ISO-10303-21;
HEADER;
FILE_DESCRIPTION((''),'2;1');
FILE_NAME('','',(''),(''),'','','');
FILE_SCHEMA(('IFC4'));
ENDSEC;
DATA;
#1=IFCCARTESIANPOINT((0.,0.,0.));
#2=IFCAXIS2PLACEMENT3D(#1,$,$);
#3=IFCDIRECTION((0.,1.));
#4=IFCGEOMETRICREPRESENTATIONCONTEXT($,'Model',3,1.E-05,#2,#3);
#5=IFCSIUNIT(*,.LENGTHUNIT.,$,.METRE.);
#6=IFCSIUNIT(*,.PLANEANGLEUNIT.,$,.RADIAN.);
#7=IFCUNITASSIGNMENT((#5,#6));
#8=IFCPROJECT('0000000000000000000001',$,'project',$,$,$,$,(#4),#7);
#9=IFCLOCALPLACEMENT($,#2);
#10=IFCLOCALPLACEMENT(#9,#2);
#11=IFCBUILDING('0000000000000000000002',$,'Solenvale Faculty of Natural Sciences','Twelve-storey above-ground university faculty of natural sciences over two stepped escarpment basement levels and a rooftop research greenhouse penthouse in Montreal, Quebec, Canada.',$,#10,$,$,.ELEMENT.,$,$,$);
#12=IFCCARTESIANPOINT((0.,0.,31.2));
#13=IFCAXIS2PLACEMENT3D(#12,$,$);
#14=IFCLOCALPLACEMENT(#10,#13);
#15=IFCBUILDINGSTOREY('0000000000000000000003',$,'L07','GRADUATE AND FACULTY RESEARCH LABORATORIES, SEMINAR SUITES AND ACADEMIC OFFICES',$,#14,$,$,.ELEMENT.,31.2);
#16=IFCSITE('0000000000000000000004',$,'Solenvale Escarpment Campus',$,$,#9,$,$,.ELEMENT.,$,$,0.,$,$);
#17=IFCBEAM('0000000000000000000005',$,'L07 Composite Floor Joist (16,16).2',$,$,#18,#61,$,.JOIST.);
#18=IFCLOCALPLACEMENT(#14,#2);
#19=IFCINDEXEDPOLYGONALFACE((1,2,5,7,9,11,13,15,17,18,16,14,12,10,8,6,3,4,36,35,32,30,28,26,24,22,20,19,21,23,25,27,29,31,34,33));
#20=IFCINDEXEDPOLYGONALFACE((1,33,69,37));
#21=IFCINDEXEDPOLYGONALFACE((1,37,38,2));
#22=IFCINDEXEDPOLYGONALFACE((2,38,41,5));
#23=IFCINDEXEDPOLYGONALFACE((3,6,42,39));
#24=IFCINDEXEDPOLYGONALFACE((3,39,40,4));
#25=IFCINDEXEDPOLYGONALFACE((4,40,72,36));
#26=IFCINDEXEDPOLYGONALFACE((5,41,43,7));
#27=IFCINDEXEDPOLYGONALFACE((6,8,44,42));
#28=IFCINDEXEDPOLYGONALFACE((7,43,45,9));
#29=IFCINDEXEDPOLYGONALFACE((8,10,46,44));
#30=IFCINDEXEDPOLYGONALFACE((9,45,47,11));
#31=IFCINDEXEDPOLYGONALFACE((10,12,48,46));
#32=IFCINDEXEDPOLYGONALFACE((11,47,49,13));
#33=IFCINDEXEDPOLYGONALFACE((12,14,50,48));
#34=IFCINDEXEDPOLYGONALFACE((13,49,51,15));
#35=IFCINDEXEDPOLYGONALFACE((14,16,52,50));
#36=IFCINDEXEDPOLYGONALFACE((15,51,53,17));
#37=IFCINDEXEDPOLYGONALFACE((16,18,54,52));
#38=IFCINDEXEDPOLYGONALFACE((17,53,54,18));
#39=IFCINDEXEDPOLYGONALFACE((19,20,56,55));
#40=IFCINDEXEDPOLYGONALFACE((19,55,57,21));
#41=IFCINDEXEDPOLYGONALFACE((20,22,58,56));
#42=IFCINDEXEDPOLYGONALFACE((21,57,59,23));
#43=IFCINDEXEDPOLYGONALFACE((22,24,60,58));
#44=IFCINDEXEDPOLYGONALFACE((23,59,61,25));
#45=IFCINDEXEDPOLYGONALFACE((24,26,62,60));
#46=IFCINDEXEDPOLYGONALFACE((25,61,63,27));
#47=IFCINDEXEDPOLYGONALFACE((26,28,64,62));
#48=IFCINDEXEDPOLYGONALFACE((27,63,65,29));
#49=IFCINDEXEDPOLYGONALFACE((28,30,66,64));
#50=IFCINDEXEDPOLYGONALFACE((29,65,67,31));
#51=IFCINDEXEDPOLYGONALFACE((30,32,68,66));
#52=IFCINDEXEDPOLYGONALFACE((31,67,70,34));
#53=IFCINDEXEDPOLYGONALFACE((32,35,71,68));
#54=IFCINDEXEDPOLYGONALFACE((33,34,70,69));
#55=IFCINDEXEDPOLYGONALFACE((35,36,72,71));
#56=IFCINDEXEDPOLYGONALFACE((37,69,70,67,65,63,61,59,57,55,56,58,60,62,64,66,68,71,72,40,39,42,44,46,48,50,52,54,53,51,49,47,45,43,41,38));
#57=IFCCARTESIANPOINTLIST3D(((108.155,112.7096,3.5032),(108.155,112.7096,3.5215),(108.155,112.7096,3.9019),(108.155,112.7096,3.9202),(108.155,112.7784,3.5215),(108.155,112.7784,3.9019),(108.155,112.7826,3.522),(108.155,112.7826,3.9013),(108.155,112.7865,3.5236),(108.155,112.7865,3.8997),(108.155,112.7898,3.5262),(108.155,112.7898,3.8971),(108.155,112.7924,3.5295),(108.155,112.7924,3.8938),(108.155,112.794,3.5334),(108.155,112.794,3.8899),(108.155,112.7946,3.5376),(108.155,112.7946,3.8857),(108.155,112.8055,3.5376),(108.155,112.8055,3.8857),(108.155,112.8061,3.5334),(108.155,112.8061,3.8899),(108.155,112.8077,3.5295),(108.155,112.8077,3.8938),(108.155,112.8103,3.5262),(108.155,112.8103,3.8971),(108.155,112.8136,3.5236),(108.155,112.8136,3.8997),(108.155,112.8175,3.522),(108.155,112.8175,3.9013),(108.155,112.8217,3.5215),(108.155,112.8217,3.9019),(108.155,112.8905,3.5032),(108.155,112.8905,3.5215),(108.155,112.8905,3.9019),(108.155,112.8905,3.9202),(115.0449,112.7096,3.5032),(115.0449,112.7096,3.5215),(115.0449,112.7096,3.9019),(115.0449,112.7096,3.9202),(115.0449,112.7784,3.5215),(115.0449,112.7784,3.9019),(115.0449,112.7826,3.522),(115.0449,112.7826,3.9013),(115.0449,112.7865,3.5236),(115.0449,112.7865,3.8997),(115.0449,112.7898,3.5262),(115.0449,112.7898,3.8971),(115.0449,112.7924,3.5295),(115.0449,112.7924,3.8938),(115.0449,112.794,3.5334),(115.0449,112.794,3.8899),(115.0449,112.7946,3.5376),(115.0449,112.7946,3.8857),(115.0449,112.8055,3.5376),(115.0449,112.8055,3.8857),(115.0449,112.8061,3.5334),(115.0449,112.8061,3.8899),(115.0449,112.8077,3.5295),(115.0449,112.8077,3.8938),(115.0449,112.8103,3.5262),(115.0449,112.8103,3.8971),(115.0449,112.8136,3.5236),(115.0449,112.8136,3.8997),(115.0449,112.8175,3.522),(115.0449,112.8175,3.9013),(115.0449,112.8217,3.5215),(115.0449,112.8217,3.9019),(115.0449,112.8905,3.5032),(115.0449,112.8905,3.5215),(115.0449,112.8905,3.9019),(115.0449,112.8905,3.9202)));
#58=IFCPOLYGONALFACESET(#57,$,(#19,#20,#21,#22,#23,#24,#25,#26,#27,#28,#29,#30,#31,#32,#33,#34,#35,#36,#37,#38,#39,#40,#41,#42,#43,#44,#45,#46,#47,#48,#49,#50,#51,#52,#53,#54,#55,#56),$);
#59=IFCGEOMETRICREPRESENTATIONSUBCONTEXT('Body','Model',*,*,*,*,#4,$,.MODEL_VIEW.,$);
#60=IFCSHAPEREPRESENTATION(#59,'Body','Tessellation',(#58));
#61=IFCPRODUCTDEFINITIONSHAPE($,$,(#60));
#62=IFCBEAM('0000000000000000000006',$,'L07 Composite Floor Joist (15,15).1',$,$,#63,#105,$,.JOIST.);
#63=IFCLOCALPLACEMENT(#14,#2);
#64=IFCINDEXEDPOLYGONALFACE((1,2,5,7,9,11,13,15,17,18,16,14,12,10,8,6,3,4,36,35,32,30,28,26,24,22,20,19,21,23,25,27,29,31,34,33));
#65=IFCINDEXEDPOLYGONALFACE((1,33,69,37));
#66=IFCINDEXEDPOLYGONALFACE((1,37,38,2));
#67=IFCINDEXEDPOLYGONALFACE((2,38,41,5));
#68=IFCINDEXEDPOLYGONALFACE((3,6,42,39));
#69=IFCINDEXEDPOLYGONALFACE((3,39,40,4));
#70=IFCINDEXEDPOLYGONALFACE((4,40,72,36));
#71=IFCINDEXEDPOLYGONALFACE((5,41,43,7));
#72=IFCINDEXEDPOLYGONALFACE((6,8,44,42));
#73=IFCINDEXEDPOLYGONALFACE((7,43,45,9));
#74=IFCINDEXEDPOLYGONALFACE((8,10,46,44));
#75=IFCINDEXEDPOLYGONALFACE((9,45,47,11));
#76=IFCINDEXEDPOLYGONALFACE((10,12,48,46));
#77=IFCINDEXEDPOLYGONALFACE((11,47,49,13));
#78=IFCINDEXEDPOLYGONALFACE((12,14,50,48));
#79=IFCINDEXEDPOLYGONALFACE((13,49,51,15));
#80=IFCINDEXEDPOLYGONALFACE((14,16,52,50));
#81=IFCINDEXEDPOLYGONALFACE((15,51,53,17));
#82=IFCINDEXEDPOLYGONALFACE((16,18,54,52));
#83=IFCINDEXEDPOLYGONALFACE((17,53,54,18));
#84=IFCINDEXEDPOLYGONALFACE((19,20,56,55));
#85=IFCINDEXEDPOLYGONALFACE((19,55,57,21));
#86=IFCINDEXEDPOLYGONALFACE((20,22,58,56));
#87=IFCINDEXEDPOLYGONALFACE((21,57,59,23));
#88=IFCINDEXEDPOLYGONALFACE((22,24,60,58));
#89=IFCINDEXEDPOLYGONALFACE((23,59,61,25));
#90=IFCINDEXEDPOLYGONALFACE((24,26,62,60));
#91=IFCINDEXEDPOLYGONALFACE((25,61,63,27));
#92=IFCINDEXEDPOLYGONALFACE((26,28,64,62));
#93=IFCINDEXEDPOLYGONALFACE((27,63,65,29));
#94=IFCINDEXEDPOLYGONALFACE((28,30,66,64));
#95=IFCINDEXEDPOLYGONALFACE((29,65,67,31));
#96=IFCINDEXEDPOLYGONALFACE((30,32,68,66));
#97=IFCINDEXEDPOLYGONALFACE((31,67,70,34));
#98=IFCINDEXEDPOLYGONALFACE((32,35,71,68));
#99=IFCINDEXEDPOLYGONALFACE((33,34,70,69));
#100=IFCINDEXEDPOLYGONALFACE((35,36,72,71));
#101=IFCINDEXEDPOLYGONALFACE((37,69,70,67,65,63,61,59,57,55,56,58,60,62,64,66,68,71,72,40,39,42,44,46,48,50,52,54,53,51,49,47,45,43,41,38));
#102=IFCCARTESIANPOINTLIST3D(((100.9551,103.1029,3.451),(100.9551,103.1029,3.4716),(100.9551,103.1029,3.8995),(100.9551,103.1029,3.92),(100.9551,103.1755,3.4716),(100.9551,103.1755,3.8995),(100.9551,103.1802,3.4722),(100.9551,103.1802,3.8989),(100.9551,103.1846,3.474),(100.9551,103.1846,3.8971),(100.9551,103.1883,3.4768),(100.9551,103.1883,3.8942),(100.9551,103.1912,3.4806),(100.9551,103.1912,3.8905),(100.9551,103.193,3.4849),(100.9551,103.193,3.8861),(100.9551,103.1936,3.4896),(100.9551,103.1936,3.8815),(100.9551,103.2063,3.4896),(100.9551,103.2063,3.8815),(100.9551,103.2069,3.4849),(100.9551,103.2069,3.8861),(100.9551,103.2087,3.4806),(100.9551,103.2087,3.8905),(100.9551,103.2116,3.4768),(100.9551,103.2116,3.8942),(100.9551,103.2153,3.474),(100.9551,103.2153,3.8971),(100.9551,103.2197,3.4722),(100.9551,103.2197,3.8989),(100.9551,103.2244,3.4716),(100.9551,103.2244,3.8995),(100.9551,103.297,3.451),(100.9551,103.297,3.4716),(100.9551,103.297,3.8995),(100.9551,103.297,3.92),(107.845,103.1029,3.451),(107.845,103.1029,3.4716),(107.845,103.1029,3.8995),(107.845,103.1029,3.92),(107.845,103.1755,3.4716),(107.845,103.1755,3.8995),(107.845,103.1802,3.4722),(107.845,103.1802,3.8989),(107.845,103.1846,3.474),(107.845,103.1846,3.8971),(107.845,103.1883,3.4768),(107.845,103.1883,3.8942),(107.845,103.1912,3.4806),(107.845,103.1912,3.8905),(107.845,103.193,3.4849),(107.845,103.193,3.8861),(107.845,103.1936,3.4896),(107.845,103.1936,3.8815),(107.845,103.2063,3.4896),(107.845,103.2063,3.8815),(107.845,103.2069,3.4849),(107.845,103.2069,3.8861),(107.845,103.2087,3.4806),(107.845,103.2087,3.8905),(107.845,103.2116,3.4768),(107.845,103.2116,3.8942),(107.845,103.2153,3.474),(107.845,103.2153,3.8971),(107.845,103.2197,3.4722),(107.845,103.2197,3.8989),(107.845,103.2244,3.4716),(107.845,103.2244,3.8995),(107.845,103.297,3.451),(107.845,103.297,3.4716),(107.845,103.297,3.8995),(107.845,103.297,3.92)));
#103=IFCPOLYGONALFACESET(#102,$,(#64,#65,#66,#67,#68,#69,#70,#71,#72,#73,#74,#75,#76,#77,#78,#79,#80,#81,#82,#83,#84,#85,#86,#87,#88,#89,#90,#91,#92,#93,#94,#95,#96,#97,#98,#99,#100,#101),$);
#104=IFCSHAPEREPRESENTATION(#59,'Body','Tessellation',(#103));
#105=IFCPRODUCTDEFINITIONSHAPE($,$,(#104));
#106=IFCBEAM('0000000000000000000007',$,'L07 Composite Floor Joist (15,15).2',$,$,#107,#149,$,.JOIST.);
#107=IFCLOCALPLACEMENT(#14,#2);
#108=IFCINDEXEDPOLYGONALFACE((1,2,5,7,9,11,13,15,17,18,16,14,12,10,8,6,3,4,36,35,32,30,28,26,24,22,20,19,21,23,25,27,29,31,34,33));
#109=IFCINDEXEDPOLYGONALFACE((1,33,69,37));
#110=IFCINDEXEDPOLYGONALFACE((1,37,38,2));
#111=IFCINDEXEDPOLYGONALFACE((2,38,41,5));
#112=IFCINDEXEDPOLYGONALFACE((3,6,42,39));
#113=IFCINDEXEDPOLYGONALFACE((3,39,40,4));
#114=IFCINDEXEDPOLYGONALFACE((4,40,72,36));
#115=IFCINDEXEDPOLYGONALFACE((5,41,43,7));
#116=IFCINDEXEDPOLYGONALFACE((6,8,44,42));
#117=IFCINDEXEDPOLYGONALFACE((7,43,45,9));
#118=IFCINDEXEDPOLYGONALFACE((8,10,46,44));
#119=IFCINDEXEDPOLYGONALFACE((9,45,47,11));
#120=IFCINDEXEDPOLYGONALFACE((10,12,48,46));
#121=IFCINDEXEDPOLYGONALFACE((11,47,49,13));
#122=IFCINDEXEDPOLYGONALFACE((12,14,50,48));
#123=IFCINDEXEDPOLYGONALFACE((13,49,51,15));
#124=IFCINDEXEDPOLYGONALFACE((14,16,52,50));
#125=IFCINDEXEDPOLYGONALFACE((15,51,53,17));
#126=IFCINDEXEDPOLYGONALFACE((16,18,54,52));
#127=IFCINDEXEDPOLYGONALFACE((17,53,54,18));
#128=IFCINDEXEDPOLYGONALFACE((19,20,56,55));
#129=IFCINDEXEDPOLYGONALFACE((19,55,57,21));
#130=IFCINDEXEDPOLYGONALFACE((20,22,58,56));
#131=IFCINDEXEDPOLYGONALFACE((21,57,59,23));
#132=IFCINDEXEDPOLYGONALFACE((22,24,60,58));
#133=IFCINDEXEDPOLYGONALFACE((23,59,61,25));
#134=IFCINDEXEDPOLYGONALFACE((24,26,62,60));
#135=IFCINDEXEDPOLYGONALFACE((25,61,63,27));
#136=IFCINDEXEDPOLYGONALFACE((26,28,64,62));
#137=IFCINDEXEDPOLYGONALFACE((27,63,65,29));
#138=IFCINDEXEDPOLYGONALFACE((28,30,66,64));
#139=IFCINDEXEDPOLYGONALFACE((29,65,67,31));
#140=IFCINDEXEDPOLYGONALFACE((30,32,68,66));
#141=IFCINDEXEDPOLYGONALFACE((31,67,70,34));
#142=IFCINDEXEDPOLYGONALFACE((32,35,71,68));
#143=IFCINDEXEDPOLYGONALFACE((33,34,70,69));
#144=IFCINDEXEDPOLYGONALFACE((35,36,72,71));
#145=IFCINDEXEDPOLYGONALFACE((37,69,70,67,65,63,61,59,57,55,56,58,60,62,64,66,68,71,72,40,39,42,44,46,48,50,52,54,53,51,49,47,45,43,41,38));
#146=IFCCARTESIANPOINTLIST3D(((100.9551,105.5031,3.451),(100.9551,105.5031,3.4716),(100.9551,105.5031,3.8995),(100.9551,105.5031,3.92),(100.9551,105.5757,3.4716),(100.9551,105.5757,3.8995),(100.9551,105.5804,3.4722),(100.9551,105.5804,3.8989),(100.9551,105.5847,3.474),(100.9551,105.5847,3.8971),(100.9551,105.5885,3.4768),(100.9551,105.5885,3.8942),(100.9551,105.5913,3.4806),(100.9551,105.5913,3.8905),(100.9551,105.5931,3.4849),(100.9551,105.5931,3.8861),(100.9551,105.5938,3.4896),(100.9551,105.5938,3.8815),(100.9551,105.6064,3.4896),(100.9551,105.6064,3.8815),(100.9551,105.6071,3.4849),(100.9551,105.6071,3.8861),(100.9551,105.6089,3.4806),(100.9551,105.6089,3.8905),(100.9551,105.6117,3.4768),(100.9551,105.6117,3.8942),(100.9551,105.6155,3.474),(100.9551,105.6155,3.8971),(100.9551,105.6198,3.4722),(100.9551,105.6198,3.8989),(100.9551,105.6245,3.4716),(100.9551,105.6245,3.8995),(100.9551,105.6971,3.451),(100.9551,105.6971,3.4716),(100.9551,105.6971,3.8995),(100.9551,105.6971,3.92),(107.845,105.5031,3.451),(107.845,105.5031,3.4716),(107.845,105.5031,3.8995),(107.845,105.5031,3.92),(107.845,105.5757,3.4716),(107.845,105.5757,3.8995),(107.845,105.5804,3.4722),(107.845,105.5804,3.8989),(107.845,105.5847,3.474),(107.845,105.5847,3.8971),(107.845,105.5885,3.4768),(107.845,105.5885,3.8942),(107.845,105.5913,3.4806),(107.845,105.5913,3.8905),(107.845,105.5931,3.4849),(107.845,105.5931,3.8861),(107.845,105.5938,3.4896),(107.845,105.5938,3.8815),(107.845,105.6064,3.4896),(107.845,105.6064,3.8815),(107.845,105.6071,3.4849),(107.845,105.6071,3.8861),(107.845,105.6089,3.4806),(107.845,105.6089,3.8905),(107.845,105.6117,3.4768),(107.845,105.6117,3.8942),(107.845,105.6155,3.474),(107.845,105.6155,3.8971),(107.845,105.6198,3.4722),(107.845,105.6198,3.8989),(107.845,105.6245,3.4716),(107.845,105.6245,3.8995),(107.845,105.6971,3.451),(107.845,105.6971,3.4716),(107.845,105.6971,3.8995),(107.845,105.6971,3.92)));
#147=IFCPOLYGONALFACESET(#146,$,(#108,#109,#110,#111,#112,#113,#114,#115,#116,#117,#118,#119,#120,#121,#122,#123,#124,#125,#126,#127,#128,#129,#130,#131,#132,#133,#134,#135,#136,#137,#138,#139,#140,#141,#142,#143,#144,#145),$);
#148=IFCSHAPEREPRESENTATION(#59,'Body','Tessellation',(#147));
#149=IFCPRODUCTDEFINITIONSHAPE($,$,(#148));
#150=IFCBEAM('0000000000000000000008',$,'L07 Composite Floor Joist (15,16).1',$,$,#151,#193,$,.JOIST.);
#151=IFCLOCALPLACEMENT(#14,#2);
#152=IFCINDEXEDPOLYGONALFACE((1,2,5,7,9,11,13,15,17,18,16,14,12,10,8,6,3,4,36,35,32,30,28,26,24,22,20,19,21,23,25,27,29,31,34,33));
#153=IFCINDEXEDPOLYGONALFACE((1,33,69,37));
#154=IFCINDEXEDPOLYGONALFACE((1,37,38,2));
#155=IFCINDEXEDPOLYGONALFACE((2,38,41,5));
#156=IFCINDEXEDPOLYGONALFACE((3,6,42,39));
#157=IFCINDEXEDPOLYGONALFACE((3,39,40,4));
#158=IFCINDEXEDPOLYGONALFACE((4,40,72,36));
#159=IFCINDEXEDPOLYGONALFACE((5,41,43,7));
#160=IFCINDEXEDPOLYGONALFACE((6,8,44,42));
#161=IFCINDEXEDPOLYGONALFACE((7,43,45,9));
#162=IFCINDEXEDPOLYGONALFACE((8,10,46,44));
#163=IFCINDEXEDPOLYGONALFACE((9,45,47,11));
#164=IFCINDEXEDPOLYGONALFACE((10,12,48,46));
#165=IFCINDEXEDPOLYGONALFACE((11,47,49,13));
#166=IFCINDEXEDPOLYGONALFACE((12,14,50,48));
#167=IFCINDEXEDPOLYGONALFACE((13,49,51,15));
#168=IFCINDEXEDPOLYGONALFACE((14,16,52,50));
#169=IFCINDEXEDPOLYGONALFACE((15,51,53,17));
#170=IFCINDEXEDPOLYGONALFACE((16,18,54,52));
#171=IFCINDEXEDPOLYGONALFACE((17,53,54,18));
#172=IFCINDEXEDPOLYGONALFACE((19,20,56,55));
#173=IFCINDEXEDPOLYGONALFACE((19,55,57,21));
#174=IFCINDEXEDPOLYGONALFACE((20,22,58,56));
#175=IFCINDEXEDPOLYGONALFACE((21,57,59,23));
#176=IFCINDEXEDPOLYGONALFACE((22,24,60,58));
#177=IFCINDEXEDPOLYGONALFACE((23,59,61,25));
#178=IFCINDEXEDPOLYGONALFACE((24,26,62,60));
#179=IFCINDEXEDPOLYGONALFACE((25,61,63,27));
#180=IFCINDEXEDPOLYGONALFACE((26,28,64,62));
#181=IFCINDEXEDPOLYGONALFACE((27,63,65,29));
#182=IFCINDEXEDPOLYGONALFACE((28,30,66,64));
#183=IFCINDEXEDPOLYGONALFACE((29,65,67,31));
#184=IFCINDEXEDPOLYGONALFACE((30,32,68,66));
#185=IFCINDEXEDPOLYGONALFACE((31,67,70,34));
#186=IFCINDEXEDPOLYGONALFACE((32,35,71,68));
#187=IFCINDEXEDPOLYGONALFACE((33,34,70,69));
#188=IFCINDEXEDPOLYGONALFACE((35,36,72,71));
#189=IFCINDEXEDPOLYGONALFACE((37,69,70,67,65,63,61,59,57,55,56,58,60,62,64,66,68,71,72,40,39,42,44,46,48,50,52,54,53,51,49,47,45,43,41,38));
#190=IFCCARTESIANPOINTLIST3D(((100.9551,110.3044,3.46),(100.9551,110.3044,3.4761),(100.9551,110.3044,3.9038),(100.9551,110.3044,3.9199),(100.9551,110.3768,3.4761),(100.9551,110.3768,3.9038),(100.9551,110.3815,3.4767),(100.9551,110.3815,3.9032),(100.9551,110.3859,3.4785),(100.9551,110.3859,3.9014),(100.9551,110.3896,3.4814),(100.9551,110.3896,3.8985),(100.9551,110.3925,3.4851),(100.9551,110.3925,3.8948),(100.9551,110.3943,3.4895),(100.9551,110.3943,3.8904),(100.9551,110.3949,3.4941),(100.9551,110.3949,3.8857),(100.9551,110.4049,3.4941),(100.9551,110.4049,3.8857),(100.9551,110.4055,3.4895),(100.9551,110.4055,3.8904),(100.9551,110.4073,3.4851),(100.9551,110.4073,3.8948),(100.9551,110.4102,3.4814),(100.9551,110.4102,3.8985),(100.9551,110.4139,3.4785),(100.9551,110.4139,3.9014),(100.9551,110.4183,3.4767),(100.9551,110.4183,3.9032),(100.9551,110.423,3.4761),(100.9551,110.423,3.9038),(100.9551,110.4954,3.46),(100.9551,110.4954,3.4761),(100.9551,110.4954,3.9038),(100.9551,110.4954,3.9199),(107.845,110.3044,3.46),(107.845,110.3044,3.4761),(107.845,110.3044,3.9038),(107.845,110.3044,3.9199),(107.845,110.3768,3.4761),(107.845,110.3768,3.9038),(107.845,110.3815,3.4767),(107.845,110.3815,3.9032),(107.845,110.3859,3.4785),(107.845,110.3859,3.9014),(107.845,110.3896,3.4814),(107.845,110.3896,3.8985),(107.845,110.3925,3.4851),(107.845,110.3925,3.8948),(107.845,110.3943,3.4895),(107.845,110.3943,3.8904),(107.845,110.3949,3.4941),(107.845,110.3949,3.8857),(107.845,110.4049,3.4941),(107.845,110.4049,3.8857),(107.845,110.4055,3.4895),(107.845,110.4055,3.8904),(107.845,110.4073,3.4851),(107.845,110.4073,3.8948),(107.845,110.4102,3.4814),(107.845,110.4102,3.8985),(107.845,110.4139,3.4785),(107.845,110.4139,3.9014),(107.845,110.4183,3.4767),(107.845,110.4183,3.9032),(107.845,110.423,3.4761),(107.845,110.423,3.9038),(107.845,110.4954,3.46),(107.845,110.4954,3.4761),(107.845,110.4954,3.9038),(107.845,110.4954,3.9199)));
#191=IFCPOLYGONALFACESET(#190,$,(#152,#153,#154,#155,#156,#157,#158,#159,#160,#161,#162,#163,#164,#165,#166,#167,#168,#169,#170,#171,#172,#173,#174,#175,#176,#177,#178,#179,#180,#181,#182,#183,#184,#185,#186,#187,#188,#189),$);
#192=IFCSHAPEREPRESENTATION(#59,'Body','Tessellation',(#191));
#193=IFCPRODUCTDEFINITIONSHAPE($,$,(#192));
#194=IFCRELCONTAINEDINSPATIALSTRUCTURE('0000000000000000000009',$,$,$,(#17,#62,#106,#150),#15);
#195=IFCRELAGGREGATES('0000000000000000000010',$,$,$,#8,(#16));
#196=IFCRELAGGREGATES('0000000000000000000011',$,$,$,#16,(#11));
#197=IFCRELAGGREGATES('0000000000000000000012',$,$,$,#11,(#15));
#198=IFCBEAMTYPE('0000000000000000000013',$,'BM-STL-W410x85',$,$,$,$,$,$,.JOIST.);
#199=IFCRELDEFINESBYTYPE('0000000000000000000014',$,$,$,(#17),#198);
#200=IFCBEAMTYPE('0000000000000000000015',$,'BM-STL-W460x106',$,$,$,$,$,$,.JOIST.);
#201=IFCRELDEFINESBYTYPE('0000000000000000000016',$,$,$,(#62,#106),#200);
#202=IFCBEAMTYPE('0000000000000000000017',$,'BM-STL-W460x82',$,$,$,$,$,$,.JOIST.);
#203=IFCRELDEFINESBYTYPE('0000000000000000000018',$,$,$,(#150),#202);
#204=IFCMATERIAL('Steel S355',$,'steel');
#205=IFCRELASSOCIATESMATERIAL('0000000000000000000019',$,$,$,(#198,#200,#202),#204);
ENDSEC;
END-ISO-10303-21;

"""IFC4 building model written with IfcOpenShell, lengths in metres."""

from ifc_helpers import new_model, si_unit, direction, frame, origin, origin_2d, place, context, subcontext, project, spatial, i_section, extrude, material, material_profile, profile_set, type_object, element, save


model = new_model("IFC4")

# Units and contexts
model_context = context("Model", 3, precision=1e-05, world=origin(), true_north=direction((0.0, 1.0)))
body_context = subcontext(model_context, "Body", "Model", "MODEL_VIEW")
ifc_project = project(units=[si_unit("LENGTHUNIT", "METRE"), si_unit("PLANEANGLEUNIT", "RADIAN")], contexts=[model_context])

# Site, building, storey
site_placement = place(None, origin())
site = spatial("IfcSite", under=ifc_project, at=site_placement, Name="Solenvale Escarpment Campus", CompositionType="ELEMENT", RefElevation=0.0)
building_placement = place(site_placement, origin())
building = spatial("IfcBuilding", under=site, at=building_placement, Name="Solenvale Faculty of Natural Sciences", Description="Twelve-storey above-ground university faculty of natural sciences over two stepped escarpment basement levels and a rooftop research greenhouse penthouse in Montreal, Quebec, Canada.", CompositionType="ELEMENT")
storey_placement = place(building_placement, frame((0.0, 0.0, 31.2)))
storey = spatial("IfcBuildingStorey", under=building, at=storey_placement, Name="L07", Description="GRADUATE AND FACULTY RESEARCH LABORATORIES, SEMINAR SUITES AND ACADEMIC OFFICES", CompositionType="ELEMENT", Elevation=31.2)

# Beams
ifc_material_1 = material(Name="Steel S355", Category="steel")
ifc_material_profile_1 = material_profile(ifc_material_1, i_section(OverallWidth=0.1809, OverallDepth=0.417, WebThickness=0.011, FlangeThickness=0.0183, FilletRadius=0.0161, at=origin_2d()), Name="W410x85")
ifc_profile_set_1 = profile_set([ifc_material_profile_1], Name="Steel S355")
beam_type_1 = type_object("IfcBeamType", Name="BM-STL-W410x85", PredefinedType="JOIST", material=ifc_profile_set_1)
for number, where, z_axis, x_axis, name in (
    (1, (108.155, 112.8, 3.7117), (1.0, 0.0, 0.0), (0.0, 1.0, 0.0), "L07 Composite Floor Joist (16,16).2"),
):
    element("IfcBeam", number, at=place(storey_placement, frame(where, z_axis=z_axis, x_axis=x_axis)), inside=storey, type_object=beam_type_1, Name=name, PredefinedType="JOIST", context=body_context, shape_type="SweptSolid", body=[
        extrude(i_section(OverallWidth=0.1809, OverallDepth=0.417, WebThickness=0.011, FlangeThickness=0.0183, FilletRadius=0.0161, at=origin_2d()), origin(), (0.0, 0.0, 1.0), 6.8899),
    ])
ifc_material_profile_2 = material_profile(ifc_material_1, i_section(OverallWidth=0.1941, OverallDepth=0.469, WebThickness=0.0127, FlangeThickness=0.0205, FilletRadius=0.0181, at=origin_2d()), Name="W460x106")
ifc_profile_set_2 = profile_set([ifc_material_profile_2], Name="Steel S355")
beam_type_2 = type_object("IfcBeamType", Name="BM-STL-W460x106", PredefinedType="JOIST", material=ifc_profile_set_2)
for number, where, z_axis, x_axis, name in (
    (2, (100.9551, 103.2, 3.6855), (1.0, 0.0, 0.0), (0.0, 1.0, 0.0), "L07 Composite Floor Joist (15,15).1"),
    (3, (100.9551, 105.6001, 3.6855), (1.0, 0.0, 0.0), (0.0, 1.0, 0.0), "L07 Composite Floor Joist (15,15).2"),
):
    element("IfcBeam", number, at=place(storey_placement, frame(where, z_axis=z_axis, x_axis=x_axis)), inside=storey, type_object=beam_type_2, Name=name, PredefinedType="JOIST", context=body_context, shape_type="SweptSolid", body=[
        extrude(i_section(OverallWidth=0.1941, OverallDepth=0.469, WebThickness=0.0127, FlangeThickness=0.0205, FilletRadius=0.0181, at=origin_2d()), origin(), (0.0, 0.0, 1.0), 6.8899),
    ])
ifc_material_profile_3 = material_profile(ifc_material_1, i_section(OverallWidth=0.1909, OverallDepth=0.46, WebThickness=0.01, FlangeThickness=0.0161, FilletRadius=0.0181, at=origin_2d()), Name="W460x82")
ifc_profile_set_3 = profile_set([ifc_material_profile_3], Name="Steel S355")
beam_type_3 = type_object("IfcBeamType", Name="BM-STL-W460x82", PredefinedType="JOIST", material=ifc_profile_set_3)
for number, where, z_axis, x_axis, name in (
    (4, (100.9551, 110.3999, 3.6899), (1.0, 0.0, 0.0), (0.0, 1.0, 0.0), "L07 Composite Floor Joist (15,16).1"),
):
    element("IfcBeam", number, at=place(storey_placement, frame(where, z_axis=z_axis, x_axis=x_axis)), inside=storey, type_object=beam_type_3, Name=name, PredefinedType="JOIST", context=body_context, shape_type="SweptSolid", body=[
        extrude(i_section(OverallWidth=0.1909, OverallDepth=0.46, WebThickness=0.01, FlangeThickness=0.0161, FilletRadius=0.0181, at=origin_2d()), origin(), (0.0, 0.0, 1.0), 6.8899),
    ])

save(model, "model.ifc")
